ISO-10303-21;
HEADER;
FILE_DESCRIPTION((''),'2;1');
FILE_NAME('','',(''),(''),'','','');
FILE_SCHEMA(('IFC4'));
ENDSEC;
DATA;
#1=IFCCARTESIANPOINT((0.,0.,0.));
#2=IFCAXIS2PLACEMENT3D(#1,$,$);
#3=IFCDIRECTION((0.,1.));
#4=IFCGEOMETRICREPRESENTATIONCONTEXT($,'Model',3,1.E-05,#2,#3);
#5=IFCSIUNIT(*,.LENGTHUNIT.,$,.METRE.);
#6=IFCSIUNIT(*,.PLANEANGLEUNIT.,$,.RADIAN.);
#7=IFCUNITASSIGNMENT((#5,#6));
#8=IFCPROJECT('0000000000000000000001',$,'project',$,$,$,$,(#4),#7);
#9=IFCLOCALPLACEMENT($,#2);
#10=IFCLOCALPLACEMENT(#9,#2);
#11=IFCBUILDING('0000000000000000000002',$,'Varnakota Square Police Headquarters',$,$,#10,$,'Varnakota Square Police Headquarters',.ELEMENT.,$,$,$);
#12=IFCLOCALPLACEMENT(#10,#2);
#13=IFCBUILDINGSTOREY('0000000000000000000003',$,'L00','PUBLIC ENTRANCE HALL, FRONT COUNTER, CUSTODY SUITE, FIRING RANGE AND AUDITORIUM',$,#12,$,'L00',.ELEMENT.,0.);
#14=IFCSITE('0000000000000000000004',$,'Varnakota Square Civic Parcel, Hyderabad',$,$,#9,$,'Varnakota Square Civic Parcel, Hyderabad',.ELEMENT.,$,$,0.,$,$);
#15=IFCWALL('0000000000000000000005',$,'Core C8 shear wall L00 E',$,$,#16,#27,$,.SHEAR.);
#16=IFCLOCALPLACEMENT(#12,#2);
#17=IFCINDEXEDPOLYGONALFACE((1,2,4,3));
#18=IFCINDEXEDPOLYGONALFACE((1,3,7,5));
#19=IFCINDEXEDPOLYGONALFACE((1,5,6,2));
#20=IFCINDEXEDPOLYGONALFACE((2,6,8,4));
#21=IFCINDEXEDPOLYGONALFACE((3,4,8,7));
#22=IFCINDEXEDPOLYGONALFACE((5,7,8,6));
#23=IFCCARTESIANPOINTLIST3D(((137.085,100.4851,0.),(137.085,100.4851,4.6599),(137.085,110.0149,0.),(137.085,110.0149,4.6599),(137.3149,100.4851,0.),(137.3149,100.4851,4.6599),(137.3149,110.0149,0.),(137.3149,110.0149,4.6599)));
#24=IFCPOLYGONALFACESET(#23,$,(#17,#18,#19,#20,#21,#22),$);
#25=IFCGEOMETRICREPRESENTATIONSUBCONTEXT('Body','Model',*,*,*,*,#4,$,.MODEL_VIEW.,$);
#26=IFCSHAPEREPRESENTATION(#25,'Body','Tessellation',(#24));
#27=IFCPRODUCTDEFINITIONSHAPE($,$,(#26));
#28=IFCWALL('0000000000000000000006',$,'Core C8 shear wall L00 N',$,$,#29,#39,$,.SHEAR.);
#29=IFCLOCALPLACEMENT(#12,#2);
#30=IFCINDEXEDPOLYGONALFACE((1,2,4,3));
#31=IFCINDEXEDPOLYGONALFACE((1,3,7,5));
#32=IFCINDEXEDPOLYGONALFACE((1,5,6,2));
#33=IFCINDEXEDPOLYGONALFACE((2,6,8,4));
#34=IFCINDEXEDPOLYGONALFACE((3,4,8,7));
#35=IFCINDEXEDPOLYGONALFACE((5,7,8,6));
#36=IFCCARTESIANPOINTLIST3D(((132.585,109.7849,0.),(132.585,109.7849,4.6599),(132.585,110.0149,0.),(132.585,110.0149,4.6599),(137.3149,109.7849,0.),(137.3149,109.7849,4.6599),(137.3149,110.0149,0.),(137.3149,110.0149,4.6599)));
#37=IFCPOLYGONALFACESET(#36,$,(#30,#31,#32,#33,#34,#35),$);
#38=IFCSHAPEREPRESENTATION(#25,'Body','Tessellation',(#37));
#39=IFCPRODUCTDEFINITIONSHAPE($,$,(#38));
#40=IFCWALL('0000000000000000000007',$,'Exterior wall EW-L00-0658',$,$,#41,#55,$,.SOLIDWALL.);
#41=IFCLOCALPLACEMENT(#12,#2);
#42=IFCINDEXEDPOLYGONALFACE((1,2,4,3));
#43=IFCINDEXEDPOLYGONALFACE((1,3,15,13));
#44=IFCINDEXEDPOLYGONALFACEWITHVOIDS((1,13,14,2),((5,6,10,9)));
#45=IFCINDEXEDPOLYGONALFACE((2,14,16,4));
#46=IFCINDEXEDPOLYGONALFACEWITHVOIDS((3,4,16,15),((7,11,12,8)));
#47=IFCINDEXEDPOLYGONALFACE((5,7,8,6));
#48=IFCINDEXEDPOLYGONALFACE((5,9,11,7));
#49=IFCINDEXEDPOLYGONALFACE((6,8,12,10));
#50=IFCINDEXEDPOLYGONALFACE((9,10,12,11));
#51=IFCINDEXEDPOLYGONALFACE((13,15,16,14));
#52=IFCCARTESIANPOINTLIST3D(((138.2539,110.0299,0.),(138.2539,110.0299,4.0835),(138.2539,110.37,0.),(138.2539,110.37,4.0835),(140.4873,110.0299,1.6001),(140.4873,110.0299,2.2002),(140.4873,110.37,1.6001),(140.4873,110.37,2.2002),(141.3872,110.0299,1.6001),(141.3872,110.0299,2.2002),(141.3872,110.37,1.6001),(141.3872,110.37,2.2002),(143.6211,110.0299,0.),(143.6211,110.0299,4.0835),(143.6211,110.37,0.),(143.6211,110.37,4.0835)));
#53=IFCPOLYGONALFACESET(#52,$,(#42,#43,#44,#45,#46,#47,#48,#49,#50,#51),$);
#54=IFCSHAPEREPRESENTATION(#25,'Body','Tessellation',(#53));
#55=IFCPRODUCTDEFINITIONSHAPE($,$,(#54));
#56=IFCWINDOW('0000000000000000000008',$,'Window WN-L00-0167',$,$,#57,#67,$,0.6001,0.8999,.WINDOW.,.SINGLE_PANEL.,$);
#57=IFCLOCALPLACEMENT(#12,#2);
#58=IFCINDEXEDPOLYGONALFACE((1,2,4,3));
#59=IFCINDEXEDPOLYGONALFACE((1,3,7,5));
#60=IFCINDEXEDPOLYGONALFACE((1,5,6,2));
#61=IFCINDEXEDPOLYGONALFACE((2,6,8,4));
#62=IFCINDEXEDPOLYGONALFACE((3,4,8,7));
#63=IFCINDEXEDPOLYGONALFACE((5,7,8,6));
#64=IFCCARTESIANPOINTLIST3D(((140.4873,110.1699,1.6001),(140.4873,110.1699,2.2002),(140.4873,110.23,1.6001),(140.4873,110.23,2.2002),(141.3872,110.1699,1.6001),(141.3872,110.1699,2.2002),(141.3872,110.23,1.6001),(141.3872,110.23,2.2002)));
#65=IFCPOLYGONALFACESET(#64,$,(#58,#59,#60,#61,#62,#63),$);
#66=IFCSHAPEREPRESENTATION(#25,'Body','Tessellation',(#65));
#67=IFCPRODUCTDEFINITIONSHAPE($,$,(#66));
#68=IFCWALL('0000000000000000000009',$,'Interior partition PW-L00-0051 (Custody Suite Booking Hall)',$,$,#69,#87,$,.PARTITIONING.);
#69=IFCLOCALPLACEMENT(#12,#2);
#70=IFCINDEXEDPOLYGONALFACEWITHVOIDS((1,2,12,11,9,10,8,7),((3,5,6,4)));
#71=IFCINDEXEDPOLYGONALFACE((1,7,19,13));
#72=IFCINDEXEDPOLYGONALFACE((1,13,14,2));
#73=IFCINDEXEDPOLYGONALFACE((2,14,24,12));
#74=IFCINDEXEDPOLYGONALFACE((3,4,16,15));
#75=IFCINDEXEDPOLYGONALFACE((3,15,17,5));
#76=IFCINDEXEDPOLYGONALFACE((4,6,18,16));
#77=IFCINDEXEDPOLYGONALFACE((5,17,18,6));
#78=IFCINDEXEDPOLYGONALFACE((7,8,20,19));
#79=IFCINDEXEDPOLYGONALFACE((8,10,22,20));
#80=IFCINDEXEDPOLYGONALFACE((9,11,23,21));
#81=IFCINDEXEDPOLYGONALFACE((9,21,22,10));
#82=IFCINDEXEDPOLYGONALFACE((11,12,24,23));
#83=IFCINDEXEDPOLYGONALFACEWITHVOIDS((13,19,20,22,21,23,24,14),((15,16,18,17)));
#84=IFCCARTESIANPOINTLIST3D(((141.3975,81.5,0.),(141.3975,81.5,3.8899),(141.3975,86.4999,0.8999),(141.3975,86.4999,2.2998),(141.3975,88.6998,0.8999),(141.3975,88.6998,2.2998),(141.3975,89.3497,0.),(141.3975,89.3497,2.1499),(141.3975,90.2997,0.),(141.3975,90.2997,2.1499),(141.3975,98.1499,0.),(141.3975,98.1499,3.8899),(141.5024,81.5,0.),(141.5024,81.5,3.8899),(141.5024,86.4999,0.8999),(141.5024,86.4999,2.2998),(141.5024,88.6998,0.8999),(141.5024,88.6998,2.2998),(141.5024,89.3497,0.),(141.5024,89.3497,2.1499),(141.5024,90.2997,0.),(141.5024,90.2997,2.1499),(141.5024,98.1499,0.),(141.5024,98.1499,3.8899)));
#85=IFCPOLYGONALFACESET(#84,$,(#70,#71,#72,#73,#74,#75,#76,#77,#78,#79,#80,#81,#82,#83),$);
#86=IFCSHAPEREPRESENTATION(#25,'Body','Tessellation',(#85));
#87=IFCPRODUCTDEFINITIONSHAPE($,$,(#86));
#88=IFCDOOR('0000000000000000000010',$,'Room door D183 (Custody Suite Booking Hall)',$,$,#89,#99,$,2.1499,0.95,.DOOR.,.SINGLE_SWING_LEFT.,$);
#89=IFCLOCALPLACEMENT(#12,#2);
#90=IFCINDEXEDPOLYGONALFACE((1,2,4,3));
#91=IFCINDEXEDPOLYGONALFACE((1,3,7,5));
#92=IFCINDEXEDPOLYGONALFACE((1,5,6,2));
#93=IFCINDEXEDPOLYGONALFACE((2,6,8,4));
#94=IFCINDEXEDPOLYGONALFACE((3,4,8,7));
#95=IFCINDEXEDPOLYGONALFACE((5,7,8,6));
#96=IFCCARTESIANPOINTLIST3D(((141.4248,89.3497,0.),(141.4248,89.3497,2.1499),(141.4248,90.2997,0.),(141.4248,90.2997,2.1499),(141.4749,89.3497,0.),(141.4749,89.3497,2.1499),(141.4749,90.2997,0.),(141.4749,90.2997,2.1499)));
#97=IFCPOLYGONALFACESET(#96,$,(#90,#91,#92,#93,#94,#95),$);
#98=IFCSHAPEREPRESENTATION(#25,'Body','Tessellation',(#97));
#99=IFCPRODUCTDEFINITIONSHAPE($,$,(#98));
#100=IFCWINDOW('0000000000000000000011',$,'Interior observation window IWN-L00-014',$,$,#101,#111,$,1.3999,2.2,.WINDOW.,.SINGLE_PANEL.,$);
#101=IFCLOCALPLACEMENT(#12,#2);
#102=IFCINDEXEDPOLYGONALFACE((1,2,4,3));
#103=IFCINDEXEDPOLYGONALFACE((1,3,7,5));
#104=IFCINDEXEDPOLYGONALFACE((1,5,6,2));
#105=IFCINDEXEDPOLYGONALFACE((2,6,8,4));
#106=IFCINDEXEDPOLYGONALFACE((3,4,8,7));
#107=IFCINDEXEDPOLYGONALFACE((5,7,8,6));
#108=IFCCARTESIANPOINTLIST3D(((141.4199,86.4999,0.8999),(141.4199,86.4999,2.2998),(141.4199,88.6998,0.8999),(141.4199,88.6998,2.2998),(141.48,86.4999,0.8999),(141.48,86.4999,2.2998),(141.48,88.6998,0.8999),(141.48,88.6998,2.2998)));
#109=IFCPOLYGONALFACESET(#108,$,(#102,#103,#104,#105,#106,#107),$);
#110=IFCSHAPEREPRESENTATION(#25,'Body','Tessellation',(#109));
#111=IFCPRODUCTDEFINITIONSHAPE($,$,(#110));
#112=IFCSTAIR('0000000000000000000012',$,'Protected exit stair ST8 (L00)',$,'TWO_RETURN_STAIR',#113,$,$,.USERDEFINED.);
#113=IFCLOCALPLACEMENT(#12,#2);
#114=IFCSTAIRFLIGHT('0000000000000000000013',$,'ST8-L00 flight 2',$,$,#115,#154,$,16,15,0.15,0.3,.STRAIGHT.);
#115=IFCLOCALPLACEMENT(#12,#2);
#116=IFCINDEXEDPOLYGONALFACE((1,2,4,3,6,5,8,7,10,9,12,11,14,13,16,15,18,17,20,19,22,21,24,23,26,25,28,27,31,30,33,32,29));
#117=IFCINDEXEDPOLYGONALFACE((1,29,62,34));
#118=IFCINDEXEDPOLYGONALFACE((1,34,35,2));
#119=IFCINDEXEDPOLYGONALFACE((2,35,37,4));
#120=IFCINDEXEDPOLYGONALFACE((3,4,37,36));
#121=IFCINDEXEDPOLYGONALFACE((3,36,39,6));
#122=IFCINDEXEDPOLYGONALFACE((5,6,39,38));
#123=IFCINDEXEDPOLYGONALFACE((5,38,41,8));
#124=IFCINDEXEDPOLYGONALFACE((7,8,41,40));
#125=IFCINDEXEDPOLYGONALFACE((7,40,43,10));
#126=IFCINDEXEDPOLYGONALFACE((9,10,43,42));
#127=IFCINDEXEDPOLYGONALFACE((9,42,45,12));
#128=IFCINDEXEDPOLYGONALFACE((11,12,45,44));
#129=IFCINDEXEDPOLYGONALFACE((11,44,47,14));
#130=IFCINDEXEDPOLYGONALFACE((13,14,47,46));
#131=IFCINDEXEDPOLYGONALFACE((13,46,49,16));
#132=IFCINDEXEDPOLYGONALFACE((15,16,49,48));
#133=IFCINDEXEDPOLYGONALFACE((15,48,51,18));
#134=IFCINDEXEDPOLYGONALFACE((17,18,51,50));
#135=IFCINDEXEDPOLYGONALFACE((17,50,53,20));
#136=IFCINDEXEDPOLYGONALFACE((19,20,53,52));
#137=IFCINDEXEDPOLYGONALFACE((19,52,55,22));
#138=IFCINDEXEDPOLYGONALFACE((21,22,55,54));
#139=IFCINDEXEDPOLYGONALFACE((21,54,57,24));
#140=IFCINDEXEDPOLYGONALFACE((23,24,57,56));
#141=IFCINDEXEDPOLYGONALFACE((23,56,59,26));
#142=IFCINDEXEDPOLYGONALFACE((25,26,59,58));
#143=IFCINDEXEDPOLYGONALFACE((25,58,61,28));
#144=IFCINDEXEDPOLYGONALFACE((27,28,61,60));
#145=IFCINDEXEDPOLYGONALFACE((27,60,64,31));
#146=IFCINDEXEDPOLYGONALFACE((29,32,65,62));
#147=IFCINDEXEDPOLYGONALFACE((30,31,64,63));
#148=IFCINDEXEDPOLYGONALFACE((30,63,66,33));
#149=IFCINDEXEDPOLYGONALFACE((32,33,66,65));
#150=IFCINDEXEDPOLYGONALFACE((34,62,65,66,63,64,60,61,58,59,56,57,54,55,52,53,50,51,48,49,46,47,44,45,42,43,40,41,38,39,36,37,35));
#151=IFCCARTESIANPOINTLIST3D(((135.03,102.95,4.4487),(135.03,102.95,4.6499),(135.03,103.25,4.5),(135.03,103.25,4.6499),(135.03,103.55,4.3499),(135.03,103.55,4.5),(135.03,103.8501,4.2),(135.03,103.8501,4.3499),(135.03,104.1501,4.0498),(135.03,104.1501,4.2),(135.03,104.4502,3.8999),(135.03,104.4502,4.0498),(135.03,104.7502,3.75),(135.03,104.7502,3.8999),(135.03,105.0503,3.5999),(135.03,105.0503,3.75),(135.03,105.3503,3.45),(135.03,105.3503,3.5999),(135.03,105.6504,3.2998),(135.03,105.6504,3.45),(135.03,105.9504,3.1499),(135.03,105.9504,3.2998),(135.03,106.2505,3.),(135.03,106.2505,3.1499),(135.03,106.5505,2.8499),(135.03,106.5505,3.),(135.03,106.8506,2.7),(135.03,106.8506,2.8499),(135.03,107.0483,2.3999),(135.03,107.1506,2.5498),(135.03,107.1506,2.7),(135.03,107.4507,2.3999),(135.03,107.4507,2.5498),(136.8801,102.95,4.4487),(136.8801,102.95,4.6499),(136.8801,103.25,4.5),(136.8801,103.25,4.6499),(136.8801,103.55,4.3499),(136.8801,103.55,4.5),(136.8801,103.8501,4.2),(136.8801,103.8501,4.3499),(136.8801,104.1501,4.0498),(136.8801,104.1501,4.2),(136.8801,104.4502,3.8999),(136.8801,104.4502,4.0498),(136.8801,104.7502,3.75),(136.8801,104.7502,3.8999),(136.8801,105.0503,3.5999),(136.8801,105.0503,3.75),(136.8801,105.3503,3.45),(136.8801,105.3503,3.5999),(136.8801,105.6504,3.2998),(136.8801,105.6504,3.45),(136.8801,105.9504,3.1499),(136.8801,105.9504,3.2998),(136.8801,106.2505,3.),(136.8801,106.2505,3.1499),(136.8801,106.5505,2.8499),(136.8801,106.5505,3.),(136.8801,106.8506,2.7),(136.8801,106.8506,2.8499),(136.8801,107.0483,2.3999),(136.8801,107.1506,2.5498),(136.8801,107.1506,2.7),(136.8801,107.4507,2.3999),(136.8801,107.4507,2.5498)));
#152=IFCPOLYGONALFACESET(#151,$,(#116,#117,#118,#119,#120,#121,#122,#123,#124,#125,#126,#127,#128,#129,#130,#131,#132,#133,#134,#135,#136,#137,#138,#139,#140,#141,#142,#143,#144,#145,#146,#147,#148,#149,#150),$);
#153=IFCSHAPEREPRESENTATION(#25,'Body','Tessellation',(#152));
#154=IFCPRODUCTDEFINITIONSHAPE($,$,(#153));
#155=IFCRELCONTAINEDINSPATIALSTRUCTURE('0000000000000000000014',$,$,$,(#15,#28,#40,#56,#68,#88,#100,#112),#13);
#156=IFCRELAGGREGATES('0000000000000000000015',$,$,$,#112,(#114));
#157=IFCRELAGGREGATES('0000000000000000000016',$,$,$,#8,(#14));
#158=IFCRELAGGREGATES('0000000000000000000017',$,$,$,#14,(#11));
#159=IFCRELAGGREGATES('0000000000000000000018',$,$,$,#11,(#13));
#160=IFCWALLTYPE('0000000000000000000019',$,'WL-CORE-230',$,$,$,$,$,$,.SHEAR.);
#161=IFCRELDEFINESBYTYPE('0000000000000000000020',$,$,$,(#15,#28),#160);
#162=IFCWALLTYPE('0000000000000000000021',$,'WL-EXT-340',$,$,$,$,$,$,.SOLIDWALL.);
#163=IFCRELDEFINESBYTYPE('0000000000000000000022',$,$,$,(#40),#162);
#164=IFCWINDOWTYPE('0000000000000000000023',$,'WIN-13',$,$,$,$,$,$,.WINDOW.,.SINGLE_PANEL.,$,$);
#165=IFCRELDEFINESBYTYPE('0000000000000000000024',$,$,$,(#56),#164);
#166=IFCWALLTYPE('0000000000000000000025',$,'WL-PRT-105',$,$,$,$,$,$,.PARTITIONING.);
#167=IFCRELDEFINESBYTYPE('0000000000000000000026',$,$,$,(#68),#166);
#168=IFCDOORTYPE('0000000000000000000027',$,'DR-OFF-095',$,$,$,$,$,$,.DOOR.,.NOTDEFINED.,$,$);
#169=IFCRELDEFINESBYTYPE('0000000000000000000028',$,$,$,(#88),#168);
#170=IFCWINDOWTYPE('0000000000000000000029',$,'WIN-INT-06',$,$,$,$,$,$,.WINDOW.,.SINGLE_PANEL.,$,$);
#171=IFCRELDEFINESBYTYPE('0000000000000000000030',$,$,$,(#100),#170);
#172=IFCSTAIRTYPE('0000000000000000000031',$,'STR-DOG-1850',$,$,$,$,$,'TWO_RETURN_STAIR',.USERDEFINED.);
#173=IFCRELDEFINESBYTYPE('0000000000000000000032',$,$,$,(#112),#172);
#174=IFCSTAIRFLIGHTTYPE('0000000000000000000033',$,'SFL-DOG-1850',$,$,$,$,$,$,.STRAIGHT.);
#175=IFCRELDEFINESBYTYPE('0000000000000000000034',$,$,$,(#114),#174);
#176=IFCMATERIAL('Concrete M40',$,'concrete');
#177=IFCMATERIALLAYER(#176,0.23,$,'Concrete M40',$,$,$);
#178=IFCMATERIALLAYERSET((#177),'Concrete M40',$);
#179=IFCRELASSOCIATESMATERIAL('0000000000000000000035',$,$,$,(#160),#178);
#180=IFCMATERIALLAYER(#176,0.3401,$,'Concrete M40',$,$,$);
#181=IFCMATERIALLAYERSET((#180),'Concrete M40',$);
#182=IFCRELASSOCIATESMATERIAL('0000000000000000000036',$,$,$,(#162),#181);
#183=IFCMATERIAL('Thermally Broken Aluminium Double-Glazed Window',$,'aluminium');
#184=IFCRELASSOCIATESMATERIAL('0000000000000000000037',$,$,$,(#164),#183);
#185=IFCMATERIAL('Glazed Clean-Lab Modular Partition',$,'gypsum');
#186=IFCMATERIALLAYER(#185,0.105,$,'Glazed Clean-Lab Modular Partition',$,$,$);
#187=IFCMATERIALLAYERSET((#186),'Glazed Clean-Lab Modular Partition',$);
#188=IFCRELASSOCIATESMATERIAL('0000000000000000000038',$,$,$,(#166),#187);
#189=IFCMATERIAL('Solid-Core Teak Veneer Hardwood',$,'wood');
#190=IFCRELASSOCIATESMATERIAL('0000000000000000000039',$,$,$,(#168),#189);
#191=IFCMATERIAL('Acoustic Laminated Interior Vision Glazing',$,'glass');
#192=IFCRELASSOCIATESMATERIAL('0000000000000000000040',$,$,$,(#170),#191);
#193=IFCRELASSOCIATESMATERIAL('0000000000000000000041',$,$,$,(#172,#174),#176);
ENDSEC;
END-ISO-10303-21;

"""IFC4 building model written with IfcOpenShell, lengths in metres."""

from ifc_helpers import new_model, si_unit, direction, frame, frame_2d, origin, place, context, subcontext, project, spatial, polyline, rectangle, outline, extrude, material, layer, layer_set, type_object, element, fill, aggregate, save


model = new_model("IFC4")

# Units and contexts
model_context = context("Model", 3, precision=1e-05, world=origin(), true_north=direction((0.0, 1.0)))
body_context = subcontext(model_context, "Body", "Model", "MODEL_VIEW")
ifc_project = project(units=[si_unit("LENGTHUNIT", "METRE"), si_unit("PLANEANGLEUNIT", "RADIAN")], contexts=[model_context])

# Site, building, storey
site_placement = place(None, origin())
site = spatial("IfcSite", under=ifc_project, at=site_placement, Name="Varnakota Square Civic Parcel, Hyderabad", LongName="Varnakota Square Civic Parcel, Hyderabad", CompositionType="ELEMENT", RefElevation=0.0)
building_placement = place(site_placement, origin())
building = spatial("IfcBuilding", under=site, at=building_placement, Name="Varnakota Square Police Headquarters", LongName="Varnakota Square Police Headquarters", CompositionType="ELEMENT")
storey_placement = place(building_placement, origin())
storey = spatial("IfcBuildingStorey", under=building, at=storey_placement, Name="L00", Description="PUBLIC ENTRANCE HALL, FRONT COUNTER, CUSTODY SUITE, FIRING RANGE AND AUDITORIUM", LongName="L00", CompositionType="ELEMENT", Elevation=0.0)

# Walls
ifc_material_1 = material(Name="Concrete M40", Category="concrete")
ifc_layer_1 = layer(ifc_material_1, 0.23, Name="Concrete M40")
ifc_layer_set_1 = layer_set([ifc_layer_1], Name="Concrete M40")
wall_type_1 = type_object("IfcWallType", Name="WL-CORE-230", PredefinedType="SHEAR", material=ifc_layer_set_1)
wall_1_placement = place(storey_placement, frame((137.2, 100.4851, 0.0), z_axis=(0.0, 0.0, 1.0), x_axis=(0.0, 1.0, 0.0)))
element("IfcWall", 1, at=wall_1_placement, inside=storey, type_object=wall_type_1, Name="Core C8 shear wall L00 E", PredefinedType="SHEAR", context=body_context, shape_type="SweptSolid", body=[
    extrude(rectangle(XDim=9.5298, YDim=0.23, at=frame_2d((4.7649, 0.0))), origin(), (0.0, 0.0, 1.0), 4.6599),
])
wall_2_placement = place(storey_placement, frame((137.3149, 109.8999, 0.0), z_axis=(0.0, 0.0, 1.0), x_axis=(-1.0, 0.0, 0.0)))
element("IfcWall", 2, at=wall_2_placement, inside=storey, type_object=wall_type_1, Name="Core C8 shear wall L00 N", PredefinedType="SHEAR", context=body_context, shape_type="SweptSolid", body=[
    extrude(rectangle(XDim=4.73, YDim=0.23, at=frame_2d((2.365, 0.0))), origin(), (0.0, 0.0, 1.0), 4.6599),
])

# Wall, opening, window
ifc_layer_2 = layer(ifc_material_1, 0.3401, Name="Concrete M40")
ifc_layer_set_2 = layer_set([ifc_layer_2], Name="Concrete M40")
wall_type_2 = type_object("IfcWallType", Name="WL-EXT-340", PredefinedType="SOLIDWALL", material=ifc_layer_set_2)
wall_3_placement = place(storey_placement, frame((138.2539, 110.2, 0.0), z_axis=(0.0, 0.0, 1.0), x_axis=(1.0, 0.0, 0.0)))
wall_3 = element("IfcWall", 3, at=wall_3_placement, inside=storey, type_object=wall_type_2, Name="Exterior wall EW-L00-0658", PredefinedType="SOLIDWALL", context=body_context, shape_type="SweptSolid", body=[
    extrude(rectangle(XDim=5.3672, YDim=0.3401, at=frame_2d((2.6836, 0.0))), origin(), (0.0, 0.0, 1.0), 4.0835),
])
opening_1_placement = place(wall_3_placement, frame((2.2334, 0.0, 1.6001)))
opening_1 = element("IfcOpeningElement", 4, at=opening_1_placement, cuts=wall_3, PredefinedType="OPENING", context=body_context, shape_type="SweptSolid", body=[
    extrude(rectangle(XDim=0.8999, YDim=0.6001, at=frame_2d((0.45, 0.3))), frame((0.0, 0.1799, 0.0), z_axis=(0.0, -1.0, 0.0), x_axis=(1.0, 0.0, 0.0)), (0.0, 0.0, 1.0), 0.3601),
])
ifc_material_2 = material(Name="Thermally Broken Aluminium Double-Glazed Window", Category="aluminium")
window_type_1 = type_object("IfcWindowType", Name="WIN-13", PartitioningType="SINGLE_PANEL", PredefinedType="WINDOW", material=ifc_material_2)
window_1_placement = place(opening_1_placement, origin())
window_1 = element("IfcWindow", 5, at=window_1_placement, inside=storey, type_object=window_type_1, Name="Window WN-L00-0167", OverallHeight=0.6001, OverallWidth=0.8999, PartitioningType="SINGLE_PANEL", PredefinedType="WINDOW", context=body_context, shape_type="SweptSolid", body=[
    extrude(rectangle(XDim=0.8999, YDim=0.6001, at=frame_2d((0.45, 0.3))), frame((0.0, 0.03, 0.0), z_axis=(0.0, -1.0, 0.0), x_axis=(1.0, 0.0, 0.0)), (0.0, 0.0, 1.0), 0.0601),
])
fill(opening_1, window_1)

# Wall, openings, door, window
ifc_material_3 = material(Name="Glazed Clean-Lab Modular Partition", Category="gypsum")
ifc_layer_3 = layer(ifc_material_3, 0.105, Name="Glazed Clean-Lab Modular Partition")
ifc_layer_set_3 = layer_set([ifc_layer_3], Name="Glazed Clean-Lab Modular Partition")
wall_type_3 = type_object("IfcWallType", Name="WL-PRT-105", PredefinedType="PARTITIONING", material=ifc_layer_set_3)
wall_4_placement = place(storey_placement, frame((141.45, 98.1499, 0.0), z_axis=(0.0, 0.0, 1.0), x_axis=(0.0, -1.0, 0.0)))
wall_4 = element("IfcWall", 6, at=wall_4_placement, inside=storey, type_object=wall_type_3, Name="Interior partition PW-L00-0051 (Custody Suite Booking Hall)", PredefinedType="PARTITIONING", context=body_context, shape_type="SweptSolid", body=[
    extrude(rectangle(XDim=16.6499, YDim=0.105, at=frame_2d((8.325, 0.0))), origin(), (0.0, 0.0, 1.0), 3.8899),
])
opening_2_placement = place(wall_4_placement, frame((7.8501, 0.0, 0.0)))
opening_2 = element("IfcOpeningElement", 7, at=opening_2_placement, cuts=wall_4, PredefinedType="OPENING", context=body_context, shape_type="SweptSolid", body=[
    extrude(rectangle(XDim=0.95, YDim=2.1499, at=frame_2d((0.4751, 1.075))), frame((0.0, 0.0625, 0.0), z_axis=(0.0, -1.0, 0.0), x_axis=(1.0, 0.0, 0.0)), (0.0, 0.0, 1.0), 0.125),
])
opening_3_placement = place(wall_4_placement, frame((9.45, 0.0, 0.8999)))
opening_3 = element("IfcOpeningElement", 8, at=opening_3_placement, cuts=wall_4, PredefinedType="OPENING", context=body_context, shape_type="SweptSolid", body=[
    extrude(rectangle(XDim=2.2, YDim=1.3999, at=frame_2d((1.1001, 0.7))), frame((0.0, 0.0625, 0.0), z_axis=(0.0, -1.0, 0.0), x_axis=(1.0, 0.0, 0.0)), (0.0, 0.0, 1.0), 0.125),
])
ifc_material_4 = material(Name="Solid-Core Teak Veneer Hardwood", Category="wood")
door_type = type_object("IfcDoorType", Name="DR-OFF-095", OperationType="NOTDEFINED", PredefinedType="DOOR", material=ifc_material_4)
door_placement = place(opening_2_placement, origin())
door = element("IfcDoor", 9, at=door_placement, inside=storey, type_object=door_type, Name="Room door D183 (Custody Suite Booking Hall)", OperationType="SINGLE_SWING_LEFT", OverallHeight=2.1499, OverallWidth=0.95, PredefinedType="DOOR", context=body_context, shape_type="SweptSolid", body=[
    extrude(rectangle(XDim=0.95, YDim=2.1499, at=frame_2d((0.4751, 1.075))), frame((0.0, 0.0249, 0.0), z_axis=(0.0, -1.0, 0.0), x_axis=(1.0, 0.0, 0.0)), (0.0, 0.0, 1.0), 0.05),
])
fill(opening_2, door)
ifc_material_5 = material(Name="Acoustic Laminated Interior Vision Glazing", Category="glass")
window_type_2 = type_object("IfcWindowType", Name="WIN-INT-06", PartitioningType="SINGLE_PANEL", PredefinedType="WINDOW", material=ifc_material_5)
window_2_placement = place(opening_3_placement, origin())
window_2 = element("IfcWindow", 10, at=window_2_placement, inside=storey, type_object=window_type_2, Name="Interior observation window IWN-L00-014", OverallHeight=1.3999, OverallWidth=2.2, PartitioningType="SINGLE_PANEL", PredefinedType="WINDOW", context=body_context, shape_type="SweptSolid", body=[
    extrude(rectangle(XDim=2.2, YDim=1.3999, at=frame_2d((1.1001, 0.7))), frame((0.0, 0.03, 0.0), z_axis=(0.0, -1.0, 0.0), x_axis=(1.0, 0.0, 0.0)), (0.0, 0.0, 1.0), 0.0601),
])
fill(opening_3, window_2)

# Stair, stair flight
stair_type = type_object("IfcStairType", Name="STR-DOG-1850", ElementType="TWO_RETURN_STAIR", PredefinedType="USERDEFINED", material=ifc_material_1)
stair_placement = place(storey_placement, origin())
stair = element("IfcStair", 11, at=stair_placement, inside=storey, type_object=stair_type, Name="Protected exit stair ST8 (L00)", ObjectType="TWO_RETURN_STAIR", PredefinedType="USERDEFINED")
stair_flight_type = type_object("IfcStairFlightType", Name="SFL-DOG-1850", PredefinedType="STRAIGHT", material=ifc_material_1)
stair_flight_placement = place(storey_placement, frame((135.9551, 107.4507, 2.3999), z_axis=(0.0, 0.0, 1.0), x_axis=(0.0, -1.0, 0.0)))
stair_flight = element("IfcStairFlight", 12, at=stair_flight_placement, type_object=stair_flight_type, Name="ST8-L00 flight 2", NumberOfRisers=16, NumberOfTreads=15, PredefinedType="STRAIGHT", RiserHeight=0.15, TreadLength=0.3, context=body_context, shape_type="SweptSolid", body=[
    extrude(outline(polyline([(0.0, 0.0), (0.0, 0.1499), (0.3, 0.1499), (0.3, 0.3), (0.6001, 0.3), (0.6001, 0.45), (0.9001, 0.45), (0.9001, 0.6001), (1.2002, 0.6001), (1.2002, 0.75), (1.5002, 0.75), (1.5002, 0.8999), (1.8003, 0.8999), (1.8003, 1.05), (2.1003, 1.05), (2.1003, 1.2), (2.4004, 1.2), (2.4004, 1.3501), (2.7004, 1.3501), (2.7004, 1.5), (3.0005, 1.5), (3.0005, 1.6499), (3.3005, 1.6499), (3.3005, 1.8), (3.6006, 1.8), (3.6006, 1.95), (3.9006, 1.95), (3.9006, 2.1001), (4.2007, 2.1001), (4.2007, 2.25), (4.5007, 2.25), (4.5007, 2.3999), (4.5007, 2.0488), (0.4023, 0.0), (0.0, 0.0)])), frame((0.0, 0.925, 0.0), z_axis=(0.0, -1.0, 0.0), x_axis=(1.0, 0.0, 0.0)), (0.0, 0.0, 1.0), 1.8501),
])
aggregate(stair, [stair_flight])

save(model, "model.ifc")
